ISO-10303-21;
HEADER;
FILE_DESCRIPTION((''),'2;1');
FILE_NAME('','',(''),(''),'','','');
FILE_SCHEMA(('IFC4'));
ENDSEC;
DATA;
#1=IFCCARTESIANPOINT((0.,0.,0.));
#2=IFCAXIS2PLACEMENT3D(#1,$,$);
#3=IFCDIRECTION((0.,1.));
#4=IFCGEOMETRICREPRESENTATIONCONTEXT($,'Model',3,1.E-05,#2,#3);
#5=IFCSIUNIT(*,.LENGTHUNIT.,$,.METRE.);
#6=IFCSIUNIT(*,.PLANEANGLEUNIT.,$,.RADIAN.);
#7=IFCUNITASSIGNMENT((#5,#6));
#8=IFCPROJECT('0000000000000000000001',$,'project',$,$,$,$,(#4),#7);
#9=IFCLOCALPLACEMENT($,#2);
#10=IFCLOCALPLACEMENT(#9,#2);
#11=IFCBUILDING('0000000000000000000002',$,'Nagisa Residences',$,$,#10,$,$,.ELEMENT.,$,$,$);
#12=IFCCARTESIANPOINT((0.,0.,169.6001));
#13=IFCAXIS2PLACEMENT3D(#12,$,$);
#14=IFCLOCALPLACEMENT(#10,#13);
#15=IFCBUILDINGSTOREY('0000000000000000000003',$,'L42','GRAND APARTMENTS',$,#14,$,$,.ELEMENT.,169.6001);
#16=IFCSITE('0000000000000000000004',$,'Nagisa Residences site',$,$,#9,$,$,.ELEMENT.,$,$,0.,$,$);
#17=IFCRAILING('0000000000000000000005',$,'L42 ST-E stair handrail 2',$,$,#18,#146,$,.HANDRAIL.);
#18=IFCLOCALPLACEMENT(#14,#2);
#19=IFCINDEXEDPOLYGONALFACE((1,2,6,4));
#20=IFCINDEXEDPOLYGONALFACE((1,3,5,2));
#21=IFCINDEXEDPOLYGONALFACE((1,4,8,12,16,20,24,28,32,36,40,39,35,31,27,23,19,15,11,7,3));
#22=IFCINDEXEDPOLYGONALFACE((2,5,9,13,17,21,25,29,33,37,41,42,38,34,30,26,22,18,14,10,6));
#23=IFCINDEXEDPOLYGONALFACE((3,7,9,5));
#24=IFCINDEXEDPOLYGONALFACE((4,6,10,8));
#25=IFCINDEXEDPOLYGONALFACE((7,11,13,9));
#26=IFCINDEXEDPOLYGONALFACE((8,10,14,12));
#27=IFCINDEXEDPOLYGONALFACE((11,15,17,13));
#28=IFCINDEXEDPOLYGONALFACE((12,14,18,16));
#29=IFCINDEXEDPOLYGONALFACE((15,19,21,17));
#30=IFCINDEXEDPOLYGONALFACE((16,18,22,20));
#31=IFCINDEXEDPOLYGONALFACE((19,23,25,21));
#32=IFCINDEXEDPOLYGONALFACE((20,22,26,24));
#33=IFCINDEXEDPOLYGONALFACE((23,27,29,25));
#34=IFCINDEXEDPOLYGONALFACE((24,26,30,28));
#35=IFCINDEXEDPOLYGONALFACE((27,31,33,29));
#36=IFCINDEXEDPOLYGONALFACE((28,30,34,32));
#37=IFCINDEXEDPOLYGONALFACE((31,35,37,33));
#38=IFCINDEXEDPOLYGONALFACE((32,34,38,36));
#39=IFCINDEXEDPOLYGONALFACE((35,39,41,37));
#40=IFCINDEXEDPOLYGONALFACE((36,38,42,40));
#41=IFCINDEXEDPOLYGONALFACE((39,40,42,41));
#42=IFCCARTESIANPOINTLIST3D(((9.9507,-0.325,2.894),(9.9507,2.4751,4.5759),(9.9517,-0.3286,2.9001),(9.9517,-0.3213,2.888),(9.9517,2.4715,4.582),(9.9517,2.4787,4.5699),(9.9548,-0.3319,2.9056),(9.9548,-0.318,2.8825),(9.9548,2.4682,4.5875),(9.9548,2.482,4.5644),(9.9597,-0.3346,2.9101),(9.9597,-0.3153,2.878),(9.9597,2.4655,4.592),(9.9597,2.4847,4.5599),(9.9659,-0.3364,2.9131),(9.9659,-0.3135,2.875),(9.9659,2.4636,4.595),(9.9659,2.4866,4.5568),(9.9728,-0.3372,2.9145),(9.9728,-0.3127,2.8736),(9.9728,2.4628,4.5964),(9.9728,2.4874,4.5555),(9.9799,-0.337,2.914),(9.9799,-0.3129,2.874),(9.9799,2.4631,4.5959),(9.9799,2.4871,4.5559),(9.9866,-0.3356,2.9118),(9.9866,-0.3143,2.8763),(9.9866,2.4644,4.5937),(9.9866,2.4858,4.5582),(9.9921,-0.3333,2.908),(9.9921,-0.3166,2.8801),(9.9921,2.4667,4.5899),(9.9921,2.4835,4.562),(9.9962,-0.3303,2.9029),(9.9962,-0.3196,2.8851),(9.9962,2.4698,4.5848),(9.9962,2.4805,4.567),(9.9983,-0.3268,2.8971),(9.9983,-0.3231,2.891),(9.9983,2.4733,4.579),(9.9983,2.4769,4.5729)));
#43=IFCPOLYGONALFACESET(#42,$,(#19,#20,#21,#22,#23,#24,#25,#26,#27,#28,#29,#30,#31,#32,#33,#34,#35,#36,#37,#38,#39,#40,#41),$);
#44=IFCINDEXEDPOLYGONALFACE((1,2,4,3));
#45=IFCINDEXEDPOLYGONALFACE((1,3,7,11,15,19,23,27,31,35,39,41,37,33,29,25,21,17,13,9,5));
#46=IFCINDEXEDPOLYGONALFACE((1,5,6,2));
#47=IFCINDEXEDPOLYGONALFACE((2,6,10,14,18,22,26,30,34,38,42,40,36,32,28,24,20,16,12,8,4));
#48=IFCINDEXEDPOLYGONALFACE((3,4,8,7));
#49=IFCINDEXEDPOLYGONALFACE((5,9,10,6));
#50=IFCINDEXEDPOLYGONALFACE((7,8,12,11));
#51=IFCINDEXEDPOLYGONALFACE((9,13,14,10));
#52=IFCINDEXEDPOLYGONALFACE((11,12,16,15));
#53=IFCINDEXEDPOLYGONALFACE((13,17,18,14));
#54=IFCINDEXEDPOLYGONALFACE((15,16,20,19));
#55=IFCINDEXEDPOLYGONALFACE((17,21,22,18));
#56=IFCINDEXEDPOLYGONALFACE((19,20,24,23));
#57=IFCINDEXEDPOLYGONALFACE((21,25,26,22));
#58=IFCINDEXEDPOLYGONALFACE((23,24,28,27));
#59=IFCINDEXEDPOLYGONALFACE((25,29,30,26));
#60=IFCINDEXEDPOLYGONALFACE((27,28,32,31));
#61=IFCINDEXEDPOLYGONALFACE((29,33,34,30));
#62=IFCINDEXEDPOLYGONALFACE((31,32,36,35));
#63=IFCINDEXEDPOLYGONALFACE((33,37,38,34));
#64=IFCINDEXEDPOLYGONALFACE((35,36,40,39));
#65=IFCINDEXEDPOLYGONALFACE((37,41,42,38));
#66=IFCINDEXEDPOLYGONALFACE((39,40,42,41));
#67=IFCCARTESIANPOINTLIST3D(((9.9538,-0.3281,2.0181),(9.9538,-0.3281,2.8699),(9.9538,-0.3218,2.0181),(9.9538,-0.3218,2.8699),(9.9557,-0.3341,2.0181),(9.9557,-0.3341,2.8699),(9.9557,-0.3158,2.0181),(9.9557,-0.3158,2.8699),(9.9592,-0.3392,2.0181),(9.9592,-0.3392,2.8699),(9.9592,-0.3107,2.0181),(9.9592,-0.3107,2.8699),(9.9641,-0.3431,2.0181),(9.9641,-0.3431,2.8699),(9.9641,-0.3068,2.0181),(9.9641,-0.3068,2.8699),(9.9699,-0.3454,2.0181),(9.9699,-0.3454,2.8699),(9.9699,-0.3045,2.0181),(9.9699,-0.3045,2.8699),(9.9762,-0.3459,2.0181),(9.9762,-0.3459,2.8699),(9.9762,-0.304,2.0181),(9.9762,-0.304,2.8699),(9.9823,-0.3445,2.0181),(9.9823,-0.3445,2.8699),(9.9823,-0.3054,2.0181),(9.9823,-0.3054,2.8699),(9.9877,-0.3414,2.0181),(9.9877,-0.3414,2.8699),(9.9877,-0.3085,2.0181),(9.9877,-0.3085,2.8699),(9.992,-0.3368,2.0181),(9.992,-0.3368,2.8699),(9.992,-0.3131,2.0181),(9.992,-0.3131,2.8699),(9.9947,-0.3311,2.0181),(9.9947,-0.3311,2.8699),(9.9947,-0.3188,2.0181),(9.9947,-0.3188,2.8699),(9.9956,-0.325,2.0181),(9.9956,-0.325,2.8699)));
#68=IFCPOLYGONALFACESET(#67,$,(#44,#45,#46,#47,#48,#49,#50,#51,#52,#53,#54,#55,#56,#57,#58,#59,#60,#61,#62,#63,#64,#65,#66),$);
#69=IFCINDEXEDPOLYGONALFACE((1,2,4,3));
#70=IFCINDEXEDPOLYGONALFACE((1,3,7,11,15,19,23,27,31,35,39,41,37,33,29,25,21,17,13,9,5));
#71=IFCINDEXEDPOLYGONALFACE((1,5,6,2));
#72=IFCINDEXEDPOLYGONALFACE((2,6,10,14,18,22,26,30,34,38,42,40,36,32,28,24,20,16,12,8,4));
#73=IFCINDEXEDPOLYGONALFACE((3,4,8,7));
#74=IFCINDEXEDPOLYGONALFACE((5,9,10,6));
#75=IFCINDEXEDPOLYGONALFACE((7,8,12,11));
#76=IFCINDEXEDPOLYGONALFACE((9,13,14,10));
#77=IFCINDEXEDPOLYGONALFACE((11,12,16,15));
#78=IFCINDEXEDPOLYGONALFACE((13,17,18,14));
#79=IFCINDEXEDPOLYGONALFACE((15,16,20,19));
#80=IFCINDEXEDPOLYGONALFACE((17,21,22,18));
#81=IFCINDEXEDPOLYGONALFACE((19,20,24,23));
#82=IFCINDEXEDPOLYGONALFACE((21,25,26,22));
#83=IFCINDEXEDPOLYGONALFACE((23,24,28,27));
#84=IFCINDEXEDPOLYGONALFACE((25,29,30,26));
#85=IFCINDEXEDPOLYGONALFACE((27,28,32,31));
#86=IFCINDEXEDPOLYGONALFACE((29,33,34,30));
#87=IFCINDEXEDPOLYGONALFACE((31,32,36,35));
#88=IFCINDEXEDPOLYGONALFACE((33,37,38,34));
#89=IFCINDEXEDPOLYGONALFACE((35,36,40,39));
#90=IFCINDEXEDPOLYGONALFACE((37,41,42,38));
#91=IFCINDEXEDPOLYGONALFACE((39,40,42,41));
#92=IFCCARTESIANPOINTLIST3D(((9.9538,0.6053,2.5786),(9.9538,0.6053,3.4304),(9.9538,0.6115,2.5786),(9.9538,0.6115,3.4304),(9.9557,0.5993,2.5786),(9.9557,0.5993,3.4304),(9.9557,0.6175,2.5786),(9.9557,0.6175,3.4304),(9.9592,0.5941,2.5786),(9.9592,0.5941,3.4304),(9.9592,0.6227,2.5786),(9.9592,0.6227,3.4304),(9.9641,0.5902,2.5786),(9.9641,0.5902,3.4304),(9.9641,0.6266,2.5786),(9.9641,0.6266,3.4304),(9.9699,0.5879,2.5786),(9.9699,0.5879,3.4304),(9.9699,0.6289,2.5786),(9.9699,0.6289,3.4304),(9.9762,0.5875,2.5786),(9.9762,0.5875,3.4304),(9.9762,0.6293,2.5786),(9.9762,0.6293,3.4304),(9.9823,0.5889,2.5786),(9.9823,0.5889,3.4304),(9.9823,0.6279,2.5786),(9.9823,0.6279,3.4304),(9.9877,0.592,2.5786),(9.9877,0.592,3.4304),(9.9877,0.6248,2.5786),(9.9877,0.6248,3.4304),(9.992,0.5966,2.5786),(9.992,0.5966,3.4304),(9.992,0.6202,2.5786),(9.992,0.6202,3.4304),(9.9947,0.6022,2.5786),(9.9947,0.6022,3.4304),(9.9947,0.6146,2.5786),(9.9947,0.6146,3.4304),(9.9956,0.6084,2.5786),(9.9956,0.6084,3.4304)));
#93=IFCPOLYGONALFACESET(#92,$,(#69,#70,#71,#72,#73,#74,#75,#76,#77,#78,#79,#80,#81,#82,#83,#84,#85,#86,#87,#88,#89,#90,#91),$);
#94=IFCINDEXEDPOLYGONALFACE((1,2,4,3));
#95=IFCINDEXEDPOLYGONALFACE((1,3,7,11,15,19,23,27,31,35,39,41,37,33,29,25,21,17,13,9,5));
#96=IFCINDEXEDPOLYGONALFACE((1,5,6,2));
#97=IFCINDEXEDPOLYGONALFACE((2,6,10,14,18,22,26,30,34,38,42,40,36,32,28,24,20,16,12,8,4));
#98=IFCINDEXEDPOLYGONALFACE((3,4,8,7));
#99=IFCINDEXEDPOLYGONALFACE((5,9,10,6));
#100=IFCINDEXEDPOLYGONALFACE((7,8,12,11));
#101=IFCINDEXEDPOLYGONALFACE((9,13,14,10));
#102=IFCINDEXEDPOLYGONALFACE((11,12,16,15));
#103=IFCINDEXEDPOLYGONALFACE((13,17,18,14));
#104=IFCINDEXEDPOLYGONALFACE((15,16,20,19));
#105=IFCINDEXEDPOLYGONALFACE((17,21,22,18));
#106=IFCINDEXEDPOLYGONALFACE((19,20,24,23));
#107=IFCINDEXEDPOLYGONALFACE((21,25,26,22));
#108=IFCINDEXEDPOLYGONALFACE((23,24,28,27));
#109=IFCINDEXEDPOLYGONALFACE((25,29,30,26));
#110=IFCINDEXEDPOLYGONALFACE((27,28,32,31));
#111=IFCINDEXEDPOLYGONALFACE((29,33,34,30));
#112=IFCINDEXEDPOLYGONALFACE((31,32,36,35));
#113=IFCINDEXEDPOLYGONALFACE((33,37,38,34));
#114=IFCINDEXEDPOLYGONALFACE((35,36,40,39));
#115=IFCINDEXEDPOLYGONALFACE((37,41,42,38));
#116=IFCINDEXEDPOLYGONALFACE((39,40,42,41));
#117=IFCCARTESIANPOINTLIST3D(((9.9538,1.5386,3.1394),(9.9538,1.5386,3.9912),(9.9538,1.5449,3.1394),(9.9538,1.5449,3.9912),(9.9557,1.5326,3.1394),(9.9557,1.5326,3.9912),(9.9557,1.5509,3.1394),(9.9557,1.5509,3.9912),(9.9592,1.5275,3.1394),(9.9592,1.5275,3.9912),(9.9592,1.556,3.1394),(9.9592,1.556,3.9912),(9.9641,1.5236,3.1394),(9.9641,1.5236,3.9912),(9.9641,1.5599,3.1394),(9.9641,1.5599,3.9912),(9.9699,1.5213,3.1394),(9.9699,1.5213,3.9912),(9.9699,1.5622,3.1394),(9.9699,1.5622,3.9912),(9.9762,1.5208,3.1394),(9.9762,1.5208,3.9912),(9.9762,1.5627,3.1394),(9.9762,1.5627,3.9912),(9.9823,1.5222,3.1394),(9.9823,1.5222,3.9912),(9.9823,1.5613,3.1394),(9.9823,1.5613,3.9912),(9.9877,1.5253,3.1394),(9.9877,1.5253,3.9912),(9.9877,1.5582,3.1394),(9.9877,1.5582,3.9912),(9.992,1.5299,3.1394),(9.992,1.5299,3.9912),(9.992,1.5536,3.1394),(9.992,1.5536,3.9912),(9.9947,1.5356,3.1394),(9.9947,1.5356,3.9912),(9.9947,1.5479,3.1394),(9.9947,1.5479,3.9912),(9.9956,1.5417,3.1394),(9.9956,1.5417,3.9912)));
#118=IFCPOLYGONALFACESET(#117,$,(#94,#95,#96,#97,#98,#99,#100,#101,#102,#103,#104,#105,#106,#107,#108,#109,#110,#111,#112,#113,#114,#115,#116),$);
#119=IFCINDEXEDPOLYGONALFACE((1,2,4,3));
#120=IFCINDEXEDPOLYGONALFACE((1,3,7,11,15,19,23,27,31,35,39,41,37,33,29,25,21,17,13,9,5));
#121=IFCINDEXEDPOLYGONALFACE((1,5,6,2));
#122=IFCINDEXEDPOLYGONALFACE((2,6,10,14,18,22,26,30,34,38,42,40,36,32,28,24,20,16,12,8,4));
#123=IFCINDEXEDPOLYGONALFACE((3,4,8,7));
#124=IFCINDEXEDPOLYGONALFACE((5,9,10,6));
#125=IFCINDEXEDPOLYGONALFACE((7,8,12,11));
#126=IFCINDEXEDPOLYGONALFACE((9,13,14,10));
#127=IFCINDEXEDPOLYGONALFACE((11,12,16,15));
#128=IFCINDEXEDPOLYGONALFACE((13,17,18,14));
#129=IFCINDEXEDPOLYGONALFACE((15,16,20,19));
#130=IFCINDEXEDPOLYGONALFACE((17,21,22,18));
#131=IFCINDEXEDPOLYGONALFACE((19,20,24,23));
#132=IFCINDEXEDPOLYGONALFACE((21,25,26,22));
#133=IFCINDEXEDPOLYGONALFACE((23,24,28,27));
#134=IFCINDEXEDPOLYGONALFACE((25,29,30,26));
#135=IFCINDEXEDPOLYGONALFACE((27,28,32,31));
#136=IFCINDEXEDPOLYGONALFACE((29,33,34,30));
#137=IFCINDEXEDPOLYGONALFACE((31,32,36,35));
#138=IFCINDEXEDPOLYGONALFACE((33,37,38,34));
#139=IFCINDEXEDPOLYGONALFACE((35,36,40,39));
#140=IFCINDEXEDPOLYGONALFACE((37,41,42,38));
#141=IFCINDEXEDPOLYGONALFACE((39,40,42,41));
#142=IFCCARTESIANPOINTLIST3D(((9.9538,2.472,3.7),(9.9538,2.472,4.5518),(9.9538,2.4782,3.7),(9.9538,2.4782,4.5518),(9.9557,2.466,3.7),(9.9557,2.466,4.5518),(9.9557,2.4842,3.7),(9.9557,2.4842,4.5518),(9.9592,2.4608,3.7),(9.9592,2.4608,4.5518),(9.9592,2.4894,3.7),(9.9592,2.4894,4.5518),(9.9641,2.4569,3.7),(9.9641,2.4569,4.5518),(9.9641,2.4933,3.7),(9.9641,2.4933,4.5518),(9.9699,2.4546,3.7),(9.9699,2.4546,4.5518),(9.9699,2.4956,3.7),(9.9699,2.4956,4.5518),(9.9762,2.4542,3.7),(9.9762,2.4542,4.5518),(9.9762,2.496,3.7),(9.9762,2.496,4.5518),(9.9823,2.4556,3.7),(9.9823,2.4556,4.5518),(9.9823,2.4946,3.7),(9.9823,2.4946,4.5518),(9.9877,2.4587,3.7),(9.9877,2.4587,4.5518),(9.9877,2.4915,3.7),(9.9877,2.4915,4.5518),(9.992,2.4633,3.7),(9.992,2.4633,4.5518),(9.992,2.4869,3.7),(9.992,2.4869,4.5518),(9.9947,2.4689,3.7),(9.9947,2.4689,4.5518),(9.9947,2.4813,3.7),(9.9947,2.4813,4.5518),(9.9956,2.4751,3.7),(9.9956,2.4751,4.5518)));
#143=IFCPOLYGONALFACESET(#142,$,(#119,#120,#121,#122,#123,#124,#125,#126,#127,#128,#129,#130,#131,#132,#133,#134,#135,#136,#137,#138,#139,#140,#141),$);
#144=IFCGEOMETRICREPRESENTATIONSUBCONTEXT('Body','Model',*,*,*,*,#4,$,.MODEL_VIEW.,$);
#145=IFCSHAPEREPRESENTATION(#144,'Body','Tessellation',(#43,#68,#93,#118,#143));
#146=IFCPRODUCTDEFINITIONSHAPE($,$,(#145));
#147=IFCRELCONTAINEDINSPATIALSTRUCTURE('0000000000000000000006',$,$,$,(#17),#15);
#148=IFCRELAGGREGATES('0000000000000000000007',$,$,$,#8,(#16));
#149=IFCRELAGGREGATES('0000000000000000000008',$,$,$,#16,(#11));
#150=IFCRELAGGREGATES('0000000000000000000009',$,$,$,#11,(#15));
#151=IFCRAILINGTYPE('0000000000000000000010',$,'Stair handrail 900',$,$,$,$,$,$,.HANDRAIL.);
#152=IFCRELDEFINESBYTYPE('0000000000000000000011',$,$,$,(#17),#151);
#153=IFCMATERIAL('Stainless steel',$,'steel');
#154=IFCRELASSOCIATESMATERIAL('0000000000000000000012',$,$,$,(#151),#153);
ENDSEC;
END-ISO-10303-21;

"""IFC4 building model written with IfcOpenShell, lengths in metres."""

from ifc_helpers import new_model, si_unit, direction, frame, origin, origin_2d, place, context, subcontext, project, spatial, circle, extrude, material, type_object, element, save


model = new_model("IFC4")

# Units and contexts
model_context = context("Model", 3, precision=1e-05, world=origin(), true_north=direction((0.0, 1.0)))
body_context = subcontext(model_context, "Body", "Model", "MODEL_VIEW")
ifc_project = project(units=[si_unit("LENGTHUNIT", "METRE"), si_unit("PLANEANGLEUNIT", "RADIAN")], contexts=[model_context])

# Site, building, storey
site_placement = place(None, origin())
site = spatial("IfcSite", under=ifc_project, at=site_placement, Name="Nagisa Residences site", CompositionType="ELEMENT", RefElevation=0.0)
building_placement = place(site_placement, origin())
building = spatial("IfcBuilding", under=site, at=building_placement, Name="Nagisa Residences", CompositionType="ELEMENT")
storey_placement = place(building_placement, frame((0.0, 0.0, 169.6001)))
storey = spatial("IfcBuildingStorey", under=building, at=storey_placement, Name="L42", Description="GRAND APARTMENTS", CompositionType="ELEMENT", Elevation=169.6001)

# Railing
ifc_material_1 = material(Name="Stainless steel", Category="steel")
railing_type_1 = type_object("IfcRailingType", Name="Stair handrail 900", PredefinedType="HANDRAIL", material=ifc_material_1)
railing_1_placement = place(storey_placement, frame((9.9746, -0.325, 2.0181)))
element("IfcRailing", 1, at=railing_1_placement, inside=storey, type_object=railing_type_1, Name="L42 ST-E stair handrail 2", PredefinedType="HANDRAIL", context=body_context, shape_type="SweptSolid", body=[
    extrude(circle(Radius=0.0239, at=origin_2d()), frame((0.0, 0.0, 0.876), z_axis=(0.0, 0.857242, 0.514913), x_axis=(-1.0, 0.0, 0.0)), (0.0, 0.0, 1.0), 3.2664),
    extrude(circle(Radius=0.021, at=origin_2d()), origin(), (0.0, 0.0, 1.0), 0.8518),
    extrude(circle(Radius=0.021, at=origin_2d()), frame((0.0, 0.9333, 0.5605)), (0.0, 0.0, 1.0), 0.8518),
    extrude(circle(Radius=0.021, at=origin_2d()), frame((0.0, 1.8667, 1.1213)), (0.0, 0.0, 1.0), 0.8518),
    extrude(circle(Radius=0.021, at=origin_2d()), frame((0.0, 2.8, 1.6819)), (0.0, 0.0, 1.0), 0.8518),
])

save(model, "model.ifc")
